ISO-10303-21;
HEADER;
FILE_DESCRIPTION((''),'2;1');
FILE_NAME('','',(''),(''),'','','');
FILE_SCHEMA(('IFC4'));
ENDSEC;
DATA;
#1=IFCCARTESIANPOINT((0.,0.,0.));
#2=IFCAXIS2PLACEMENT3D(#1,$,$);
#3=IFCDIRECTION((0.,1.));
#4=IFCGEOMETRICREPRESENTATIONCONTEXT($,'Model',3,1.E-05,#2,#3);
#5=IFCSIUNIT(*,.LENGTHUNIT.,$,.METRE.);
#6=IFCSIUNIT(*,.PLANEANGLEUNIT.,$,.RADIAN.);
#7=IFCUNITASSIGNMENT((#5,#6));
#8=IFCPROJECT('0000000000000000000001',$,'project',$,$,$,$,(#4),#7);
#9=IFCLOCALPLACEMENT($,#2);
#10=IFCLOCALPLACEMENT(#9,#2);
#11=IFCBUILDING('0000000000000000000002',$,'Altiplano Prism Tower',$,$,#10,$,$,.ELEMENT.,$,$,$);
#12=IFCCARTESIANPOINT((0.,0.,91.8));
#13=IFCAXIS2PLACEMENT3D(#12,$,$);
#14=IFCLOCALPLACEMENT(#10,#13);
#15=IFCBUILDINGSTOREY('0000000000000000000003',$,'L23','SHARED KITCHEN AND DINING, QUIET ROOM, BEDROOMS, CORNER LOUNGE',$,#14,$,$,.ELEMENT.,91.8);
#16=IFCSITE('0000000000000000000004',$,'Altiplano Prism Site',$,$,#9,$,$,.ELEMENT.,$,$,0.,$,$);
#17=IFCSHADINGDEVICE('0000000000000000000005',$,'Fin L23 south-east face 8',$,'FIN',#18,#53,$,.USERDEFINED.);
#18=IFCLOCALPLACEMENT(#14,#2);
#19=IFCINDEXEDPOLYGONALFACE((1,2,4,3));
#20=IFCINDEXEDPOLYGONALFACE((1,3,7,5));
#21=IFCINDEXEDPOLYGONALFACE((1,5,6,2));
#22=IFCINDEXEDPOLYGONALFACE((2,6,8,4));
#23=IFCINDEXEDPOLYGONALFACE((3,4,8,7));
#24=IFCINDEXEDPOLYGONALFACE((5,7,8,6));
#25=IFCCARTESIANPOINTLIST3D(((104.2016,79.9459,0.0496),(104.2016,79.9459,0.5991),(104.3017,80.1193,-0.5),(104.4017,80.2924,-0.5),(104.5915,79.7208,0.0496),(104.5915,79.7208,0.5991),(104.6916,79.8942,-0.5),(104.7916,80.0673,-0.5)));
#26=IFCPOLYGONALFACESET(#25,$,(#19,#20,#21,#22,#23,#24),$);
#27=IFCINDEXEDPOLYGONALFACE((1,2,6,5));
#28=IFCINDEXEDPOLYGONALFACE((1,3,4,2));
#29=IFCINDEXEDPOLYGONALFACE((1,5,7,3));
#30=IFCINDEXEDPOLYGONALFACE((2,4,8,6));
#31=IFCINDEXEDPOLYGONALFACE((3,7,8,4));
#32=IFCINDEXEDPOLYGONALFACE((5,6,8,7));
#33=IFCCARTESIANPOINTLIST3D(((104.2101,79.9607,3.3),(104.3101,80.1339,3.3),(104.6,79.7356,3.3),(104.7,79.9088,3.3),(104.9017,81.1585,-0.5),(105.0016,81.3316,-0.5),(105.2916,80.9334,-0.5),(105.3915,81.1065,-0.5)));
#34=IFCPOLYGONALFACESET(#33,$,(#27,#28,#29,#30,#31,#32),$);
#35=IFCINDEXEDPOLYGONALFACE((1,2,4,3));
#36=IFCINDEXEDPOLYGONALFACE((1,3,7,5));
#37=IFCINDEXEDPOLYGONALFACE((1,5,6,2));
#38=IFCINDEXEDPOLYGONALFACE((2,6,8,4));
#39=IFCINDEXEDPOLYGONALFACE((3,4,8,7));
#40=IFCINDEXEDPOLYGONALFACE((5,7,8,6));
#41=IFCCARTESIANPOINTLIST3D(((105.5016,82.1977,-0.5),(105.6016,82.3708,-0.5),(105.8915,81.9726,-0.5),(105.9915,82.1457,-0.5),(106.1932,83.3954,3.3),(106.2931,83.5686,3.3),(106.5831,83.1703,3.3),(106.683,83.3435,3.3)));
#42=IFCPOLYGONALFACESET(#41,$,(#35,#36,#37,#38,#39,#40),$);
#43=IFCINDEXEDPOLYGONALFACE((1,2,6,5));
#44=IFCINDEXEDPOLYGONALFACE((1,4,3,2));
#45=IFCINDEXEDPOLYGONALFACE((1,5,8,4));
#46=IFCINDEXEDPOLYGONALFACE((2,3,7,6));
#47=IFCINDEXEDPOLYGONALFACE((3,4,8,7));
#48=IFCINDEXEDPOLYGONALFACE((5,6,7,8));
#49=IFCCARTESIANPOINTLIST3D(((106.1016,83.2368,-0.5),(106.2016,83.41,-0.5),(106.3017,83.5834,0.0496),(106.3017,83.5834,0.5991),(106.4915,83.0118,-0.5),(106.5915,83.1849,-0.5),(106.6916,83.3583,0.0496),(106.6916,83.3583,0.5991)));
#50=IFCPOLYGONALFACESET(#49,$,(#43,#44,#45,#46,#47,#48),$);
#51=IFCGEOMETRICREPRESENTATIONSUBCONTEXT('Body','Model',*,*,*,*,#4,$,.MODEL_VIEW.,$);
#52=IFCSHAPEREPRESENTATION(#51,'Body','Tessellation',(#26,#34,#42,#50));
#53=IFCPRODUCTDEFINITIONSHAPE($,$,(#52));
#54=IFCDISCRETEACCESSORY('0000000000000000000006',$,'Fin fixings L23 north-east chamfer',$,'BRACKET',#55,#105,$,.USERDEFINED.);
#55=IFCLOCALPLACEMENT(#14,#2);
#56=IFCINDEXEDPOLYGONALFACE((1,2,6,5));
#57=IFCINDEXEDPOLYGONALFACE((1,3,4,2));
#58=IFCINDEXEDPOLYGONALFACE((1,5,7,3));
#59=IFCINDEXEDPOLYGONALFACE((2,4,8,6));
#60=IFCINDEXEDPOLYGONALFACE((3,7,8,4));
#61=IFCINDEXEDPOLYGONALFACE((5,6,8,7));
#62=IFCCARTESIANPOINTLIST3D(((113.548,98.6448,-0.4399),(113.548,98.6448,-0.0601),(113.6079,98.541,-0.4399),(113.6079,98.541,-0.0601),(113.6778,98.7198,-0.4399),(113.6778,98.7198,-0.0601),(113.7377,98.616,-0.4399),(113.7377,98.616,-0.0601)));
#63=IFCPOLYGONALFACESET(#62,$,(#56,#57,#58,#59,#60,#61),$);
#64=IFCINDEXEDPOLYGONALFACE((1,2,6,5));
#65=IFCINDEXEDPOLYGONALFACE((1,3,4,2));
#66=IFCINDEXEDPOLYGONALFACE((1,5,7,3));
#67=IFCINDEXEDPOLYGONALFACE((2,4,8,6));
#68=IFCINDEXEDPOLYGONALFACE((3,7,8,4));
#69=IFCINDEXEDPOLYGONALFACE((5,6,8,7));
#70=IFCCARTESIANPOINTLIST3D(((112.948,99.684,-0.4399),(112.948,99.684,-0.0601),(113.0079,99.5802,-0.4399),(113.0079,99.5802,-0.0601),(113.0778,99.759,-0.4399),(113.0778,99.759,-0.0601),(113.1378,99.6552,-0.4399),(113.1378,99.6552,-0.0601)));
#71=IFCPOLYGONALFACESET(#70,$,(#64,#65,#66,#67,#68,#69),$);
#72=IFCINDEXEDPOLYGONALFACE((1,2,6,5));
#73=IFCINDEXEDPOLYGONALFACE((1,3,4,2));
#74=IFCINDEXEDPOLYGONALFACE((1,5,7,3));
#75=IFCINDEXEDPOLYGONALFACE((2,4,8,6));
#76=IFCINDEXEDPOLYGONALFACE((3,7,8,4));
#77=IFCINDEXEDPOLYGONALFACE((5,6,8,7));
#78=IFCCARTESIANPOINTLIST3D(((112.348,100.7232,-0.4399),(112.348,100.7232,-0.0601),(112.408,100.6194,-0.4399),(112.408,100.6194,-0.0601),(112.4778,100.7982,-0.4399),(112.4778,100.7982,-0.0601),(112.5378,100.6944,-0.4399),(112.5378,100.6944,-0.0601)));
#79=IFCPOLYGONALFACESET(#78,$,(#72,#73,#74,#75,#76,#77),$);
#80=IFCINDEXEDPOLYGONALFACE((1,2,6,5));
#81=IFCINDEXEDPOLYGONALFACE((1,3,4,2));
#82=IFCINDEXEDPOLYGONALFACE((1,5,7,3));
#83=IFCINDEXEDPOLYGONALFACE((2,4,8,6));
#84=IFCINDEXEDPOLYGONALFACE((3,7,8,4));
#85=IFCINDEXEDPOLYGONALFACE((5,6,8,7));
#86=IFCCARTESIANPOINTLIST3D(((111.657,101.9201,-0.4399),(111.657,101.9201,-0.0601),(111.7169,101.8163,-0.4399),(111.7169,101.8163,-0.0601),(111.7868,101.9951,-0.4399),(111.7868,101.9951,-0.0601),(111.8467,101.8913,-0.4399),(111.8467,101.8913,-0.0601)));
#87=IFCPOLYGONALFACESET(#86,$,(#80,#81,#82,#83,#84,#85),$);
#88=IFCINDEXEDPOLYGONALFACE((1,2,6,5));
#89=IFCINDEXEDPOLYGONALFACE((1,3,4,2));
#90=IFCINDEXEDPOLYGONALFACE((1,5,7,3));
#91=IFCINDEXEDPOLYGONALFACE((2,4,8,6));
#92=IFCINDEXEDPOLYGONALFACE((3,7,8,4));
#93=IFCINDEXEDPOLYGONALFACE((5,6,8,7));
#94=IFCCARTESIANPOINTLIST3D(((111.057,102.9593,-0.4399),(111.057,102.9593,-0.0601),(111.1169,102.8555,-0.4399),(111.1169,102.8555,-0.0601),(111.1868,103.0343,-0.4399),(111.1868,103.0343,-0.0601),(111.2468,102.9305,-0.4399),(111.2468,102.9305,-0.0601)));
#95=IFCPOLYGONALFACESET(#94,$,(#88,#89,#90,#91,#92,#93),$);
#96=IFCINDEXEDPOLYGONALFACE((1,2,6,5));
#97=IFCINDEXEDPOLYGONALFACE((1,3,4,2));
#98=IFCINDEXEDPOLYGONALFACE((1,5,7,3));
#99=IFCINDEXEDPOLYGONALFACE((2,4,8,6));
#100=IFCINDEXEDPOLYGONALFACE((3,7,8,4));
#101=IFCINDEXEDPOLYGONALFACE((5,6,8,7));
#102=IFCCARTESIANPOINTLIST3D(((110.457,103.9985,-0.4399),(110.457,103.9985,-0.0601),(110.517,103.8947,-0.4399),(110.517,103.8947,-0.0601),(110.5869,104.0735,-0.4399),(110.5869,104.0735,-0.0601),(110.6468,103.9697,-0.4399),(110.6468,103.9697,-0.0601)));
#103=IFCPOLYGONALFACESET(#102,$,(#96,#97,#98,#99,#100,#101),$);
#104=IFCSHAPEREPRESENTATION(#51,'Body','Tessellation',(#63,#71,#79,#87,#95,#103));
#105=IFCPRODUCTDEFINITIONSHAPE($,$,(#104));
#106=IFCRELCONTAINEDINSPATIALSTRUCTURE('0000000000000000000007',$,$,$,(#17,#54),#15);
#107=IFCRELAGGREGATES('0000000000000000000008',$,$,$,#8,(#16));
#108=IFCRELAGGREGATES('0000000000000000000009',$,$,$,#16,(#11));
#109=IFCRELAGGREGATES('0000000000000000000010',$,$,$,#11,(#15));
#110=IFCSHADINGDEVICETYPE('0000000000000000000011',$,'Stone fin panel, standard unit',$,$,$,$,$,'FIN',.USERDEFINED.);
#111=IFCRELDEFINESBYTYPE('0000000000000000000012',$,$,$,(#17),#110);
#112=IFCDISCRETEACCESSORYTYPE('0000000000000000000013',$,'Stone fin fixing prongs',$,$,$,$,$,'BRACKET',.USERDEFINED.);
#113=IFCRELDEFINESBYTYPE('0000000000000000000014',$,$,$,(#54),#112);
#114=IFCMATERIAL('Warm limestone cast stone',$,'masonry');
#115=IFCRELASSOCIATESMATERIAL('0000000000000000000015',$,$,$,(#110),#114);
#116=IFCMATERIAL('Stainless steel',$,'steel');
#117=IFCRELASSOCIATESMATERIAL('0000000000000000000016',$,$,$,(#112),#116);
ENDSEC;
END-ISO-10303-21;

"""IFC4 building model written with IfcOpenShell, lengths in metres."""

from ifc_helpers import new_model, si_unit, direction, frame, origin, place, context, subcontext, project, spatial, polyline, outline, extrude, source, transform, mapped, material, type_object, element, save


model = new_model("IFC4")

# Units and contexts
model_context = context("Model", 3, precision=1e-05, world=origin(), true_north=direction((0.0, 1.0)))
body_context = subcontext(model_context, "Body", "Model", "MODEL_VIEW")
ifc_project = project(units=[si_unit("LENGTHUNIT", "METRE"), si_unit("PLANEANGLEUNIT", "RADIAN")], contexts=[model_context])

# Site, building, storey
site_placement = place(None, origin())
site = spatial("IfcSite", under=ifc_project, at=site_placement, Name="Altiplano Prism Site", CompositionType="ELEMENT", RefElevation=0.0)
building_placement = place(site_placement, origin())
building = spatial("IfcBuilding", under=site, at=building_placement, Name="Altiplano Prism Tower", CompositionType="ELEMENT")
storey_placement = place(building_placement, frame((0.0, 0.0, 91.8)))
storey = spatial("IfcBuildingStorey", under=building, at=storey_placement, Name="L23", Description="SHARED KITCHEN AND DINING, QUIET ROOM, BEDROOMS, CORNER LOUNGE", CompositionType="ELEMENT", Elevation=91.8)

# Shading device
ifc_material_1 = material(Name="Warm limestone cast stone", Category="masonry")
shading_device_type_1 = type_object("IfcShadingDeviceType", Name="Stone fin panel, standard unit", ElementType="FIN", PredefinedType="USERDEFINED", material=ifc_material_1)
shared_shape_1 = source(origin(), body_context, "Body", "SweptSolid", [
    extrude(outline(polyline([(-2.1001, 1.0991), (-2.1001, 0.5496), (-1.8999, 0.0), (-1.7, 0.0), (-2.1001, 1.0991)])), frame((0.0, -0.1499, 0.0), z_axis=(0.0, -1.0, 0.0), x_axis=(1.0, 0.0, 0.0)), (0.0, 0.0, 1.0), 0.4502),
    extrude(outline(polyline([(-2.083, 3.8), (-0.7, 0.0), (-0.5, 0.0), (-1.8831, 3.8), (-2.083, 3.8)])), frame((0.0, -0.1499, 0.0), z_axis=(0.0, -1.0, 0.0), x_axis=(1.0, 0.0, 0.0)), (0.0, 0.0, 1.0), 0.4502),
    extrude(outline(polyline([(1.8831, 3.8), (0.5, 0.0), (0.7, 0.0), (2.083, 3.8), (1.8831, 3.8)])), frame((0.0, -0.1499, 0.0), z_axis=(0.0, -1.0, 0.0), x_axis=(1.0, 0.0, 0.0)), (0.0, 0.0, 1.0), 0.4502),
    extrude(outline(polyline([(2.1001, 0.5496), (2.1001, 1.0991), (1.7, 0.0), (1.8999, 0.0), (2.1001, 0.5496)])), frame((0.0, -0.1499, 0.0), z_axis=(0.0, -1.0, 0.0), x_axis=(1.0, 0.0, 0.0)), (0.0, 0.0, 1.0), 0.4502),
])
shading_device_1_placement = place(storey_placement, origin())
element("IfcShadingDevice", 1, at=shading_device_1_placement, inside=storey, type_object=shading_device_type_1, Name="Fin L23 south-east face 8", ObjectType="FIN", PredefinedType="USERDEFINED", context=body_context, shape_type="MappedRepresentation", body=[
    mapped(shared_shape_1, transform((105.1218, 81.8396, -0.5), x_axis=(0.5, 0.866025, 0.0), y_axis=(-0.866025, 0.5, 0.0), z_axis=(0.0, 0.0, 1.0))),
])

# Discrete accessory
ifc_material_2 = material(Name="Stainless steel", Category="steel")
discrete_accessory_type = type_object("IfcDiscreteAccessoryType", Name="Stone fin fixing prongs", ElementType="BRACKET", PredefinedType="USERDEFINED", material=ifc_material_2)
shared_shape_2 = source(origin(), body_context, "Body", "SweptSolid", [
    extrude(outline(polyline([(-3.1509, 0.0601), (-3.031, 0.0601), (-3.031, 0.4399), (-3.1509, 0.4399), (-3.1509, 0.0601)])), frame((0.0, 0.0, 0.0), z_axis=(0.0, -1.0, 0.0), x_axis=(1.0, 0.0, 0.0)), (0.0, 0.0, 1.0), 0.1499),
    extrude(outline(polyline([(-1.9509, 0.0601), (-1.8311, 0.0601), (-1.8311, 0.4399), (-1.9509, 0.4399), (-1.9509, 0.0601)])), frame((0.0, 0.0, 0.0), z_axis=(0.0, -1.0, 0.0), x_axis=(1.0, 0.0, 0.0)), (0.0, 0.0, 1.0), 0.1499),
    extrude(outline(polyline([(-0.751, 0.0601), (-0.6311, 0.0601), (-0.6311, 0.4399), (-0.751, 0.4399), (-0.751, 0.0601)])), frame((0.0, 0.0, 0.0), z_axis=(0.0, -1.0, 0.0), x_axis=(1.0, 0.0, 0.0)), (0.0, 0.0, 1.0), 0.1499),
    extrude(outline(polyline([(0.6311, 0.0601), (0.751, 0.0601), (0.751, 0.4399), (0.6311, 0.4399), (0.6311, 0.0601)])), frame((0.0, 0.0, 0.0), z_axis=(0.0, -1.0, 0.0), x_axis=(1.0, 0.0, 0.0)), (0.0, 0.0, 1.0), 0.1499),
    extrude(outline(polyline([(1.8311, 0.0601), (1.9509, 0.0601), (1.9509, 0.4399), (1.8311, 0.4399), (1.8311, 0.0601)])), frame((0.0, 0.0, 0.0), z_axis=(0.0, -1.0, 0.0), x_axis=(1.0, 0.0, 0.0)), (0.0, 0.0, 1.0), 0.1499),
    extrude(outline(polyline([(3.031, 0.0601), (3.1509, 0.0601), (3.1509, 0.4399), (3.031, 0.4399), (3.031, 0.0601)])), frame((0.0, 0.0, 0.0), z_axis=(0.0, -1.0, 0.0), x_axis=(1.0, 0.0, 0.0)), (0.0, 0.0, 1.0), 0.1499),
])
discrete_accessory_1_placement = place(storey_placement, origin())
element("IfcDiscreteAccessory", 2, at=discrete_accessory_1_placement, inside=storey, type_object=discrete_accessory_type, Name="Fin fixings L23 north-east chamfer", ObjectType="BRACKET", PredefinedType="USERDEFINED", context=body_context, shape_type="MappedRepresentation", body=[
    mapped(shared_shape_2, transform((112.0325, 101.2698, -0.5), x_axis=(-0.5, 0.866025, 0.0), y_axis=(-0.866025, -0.5, 0.0), z_axis=(0.0, 0.0, 1.0))),
])

save(model, "model.ifc")
